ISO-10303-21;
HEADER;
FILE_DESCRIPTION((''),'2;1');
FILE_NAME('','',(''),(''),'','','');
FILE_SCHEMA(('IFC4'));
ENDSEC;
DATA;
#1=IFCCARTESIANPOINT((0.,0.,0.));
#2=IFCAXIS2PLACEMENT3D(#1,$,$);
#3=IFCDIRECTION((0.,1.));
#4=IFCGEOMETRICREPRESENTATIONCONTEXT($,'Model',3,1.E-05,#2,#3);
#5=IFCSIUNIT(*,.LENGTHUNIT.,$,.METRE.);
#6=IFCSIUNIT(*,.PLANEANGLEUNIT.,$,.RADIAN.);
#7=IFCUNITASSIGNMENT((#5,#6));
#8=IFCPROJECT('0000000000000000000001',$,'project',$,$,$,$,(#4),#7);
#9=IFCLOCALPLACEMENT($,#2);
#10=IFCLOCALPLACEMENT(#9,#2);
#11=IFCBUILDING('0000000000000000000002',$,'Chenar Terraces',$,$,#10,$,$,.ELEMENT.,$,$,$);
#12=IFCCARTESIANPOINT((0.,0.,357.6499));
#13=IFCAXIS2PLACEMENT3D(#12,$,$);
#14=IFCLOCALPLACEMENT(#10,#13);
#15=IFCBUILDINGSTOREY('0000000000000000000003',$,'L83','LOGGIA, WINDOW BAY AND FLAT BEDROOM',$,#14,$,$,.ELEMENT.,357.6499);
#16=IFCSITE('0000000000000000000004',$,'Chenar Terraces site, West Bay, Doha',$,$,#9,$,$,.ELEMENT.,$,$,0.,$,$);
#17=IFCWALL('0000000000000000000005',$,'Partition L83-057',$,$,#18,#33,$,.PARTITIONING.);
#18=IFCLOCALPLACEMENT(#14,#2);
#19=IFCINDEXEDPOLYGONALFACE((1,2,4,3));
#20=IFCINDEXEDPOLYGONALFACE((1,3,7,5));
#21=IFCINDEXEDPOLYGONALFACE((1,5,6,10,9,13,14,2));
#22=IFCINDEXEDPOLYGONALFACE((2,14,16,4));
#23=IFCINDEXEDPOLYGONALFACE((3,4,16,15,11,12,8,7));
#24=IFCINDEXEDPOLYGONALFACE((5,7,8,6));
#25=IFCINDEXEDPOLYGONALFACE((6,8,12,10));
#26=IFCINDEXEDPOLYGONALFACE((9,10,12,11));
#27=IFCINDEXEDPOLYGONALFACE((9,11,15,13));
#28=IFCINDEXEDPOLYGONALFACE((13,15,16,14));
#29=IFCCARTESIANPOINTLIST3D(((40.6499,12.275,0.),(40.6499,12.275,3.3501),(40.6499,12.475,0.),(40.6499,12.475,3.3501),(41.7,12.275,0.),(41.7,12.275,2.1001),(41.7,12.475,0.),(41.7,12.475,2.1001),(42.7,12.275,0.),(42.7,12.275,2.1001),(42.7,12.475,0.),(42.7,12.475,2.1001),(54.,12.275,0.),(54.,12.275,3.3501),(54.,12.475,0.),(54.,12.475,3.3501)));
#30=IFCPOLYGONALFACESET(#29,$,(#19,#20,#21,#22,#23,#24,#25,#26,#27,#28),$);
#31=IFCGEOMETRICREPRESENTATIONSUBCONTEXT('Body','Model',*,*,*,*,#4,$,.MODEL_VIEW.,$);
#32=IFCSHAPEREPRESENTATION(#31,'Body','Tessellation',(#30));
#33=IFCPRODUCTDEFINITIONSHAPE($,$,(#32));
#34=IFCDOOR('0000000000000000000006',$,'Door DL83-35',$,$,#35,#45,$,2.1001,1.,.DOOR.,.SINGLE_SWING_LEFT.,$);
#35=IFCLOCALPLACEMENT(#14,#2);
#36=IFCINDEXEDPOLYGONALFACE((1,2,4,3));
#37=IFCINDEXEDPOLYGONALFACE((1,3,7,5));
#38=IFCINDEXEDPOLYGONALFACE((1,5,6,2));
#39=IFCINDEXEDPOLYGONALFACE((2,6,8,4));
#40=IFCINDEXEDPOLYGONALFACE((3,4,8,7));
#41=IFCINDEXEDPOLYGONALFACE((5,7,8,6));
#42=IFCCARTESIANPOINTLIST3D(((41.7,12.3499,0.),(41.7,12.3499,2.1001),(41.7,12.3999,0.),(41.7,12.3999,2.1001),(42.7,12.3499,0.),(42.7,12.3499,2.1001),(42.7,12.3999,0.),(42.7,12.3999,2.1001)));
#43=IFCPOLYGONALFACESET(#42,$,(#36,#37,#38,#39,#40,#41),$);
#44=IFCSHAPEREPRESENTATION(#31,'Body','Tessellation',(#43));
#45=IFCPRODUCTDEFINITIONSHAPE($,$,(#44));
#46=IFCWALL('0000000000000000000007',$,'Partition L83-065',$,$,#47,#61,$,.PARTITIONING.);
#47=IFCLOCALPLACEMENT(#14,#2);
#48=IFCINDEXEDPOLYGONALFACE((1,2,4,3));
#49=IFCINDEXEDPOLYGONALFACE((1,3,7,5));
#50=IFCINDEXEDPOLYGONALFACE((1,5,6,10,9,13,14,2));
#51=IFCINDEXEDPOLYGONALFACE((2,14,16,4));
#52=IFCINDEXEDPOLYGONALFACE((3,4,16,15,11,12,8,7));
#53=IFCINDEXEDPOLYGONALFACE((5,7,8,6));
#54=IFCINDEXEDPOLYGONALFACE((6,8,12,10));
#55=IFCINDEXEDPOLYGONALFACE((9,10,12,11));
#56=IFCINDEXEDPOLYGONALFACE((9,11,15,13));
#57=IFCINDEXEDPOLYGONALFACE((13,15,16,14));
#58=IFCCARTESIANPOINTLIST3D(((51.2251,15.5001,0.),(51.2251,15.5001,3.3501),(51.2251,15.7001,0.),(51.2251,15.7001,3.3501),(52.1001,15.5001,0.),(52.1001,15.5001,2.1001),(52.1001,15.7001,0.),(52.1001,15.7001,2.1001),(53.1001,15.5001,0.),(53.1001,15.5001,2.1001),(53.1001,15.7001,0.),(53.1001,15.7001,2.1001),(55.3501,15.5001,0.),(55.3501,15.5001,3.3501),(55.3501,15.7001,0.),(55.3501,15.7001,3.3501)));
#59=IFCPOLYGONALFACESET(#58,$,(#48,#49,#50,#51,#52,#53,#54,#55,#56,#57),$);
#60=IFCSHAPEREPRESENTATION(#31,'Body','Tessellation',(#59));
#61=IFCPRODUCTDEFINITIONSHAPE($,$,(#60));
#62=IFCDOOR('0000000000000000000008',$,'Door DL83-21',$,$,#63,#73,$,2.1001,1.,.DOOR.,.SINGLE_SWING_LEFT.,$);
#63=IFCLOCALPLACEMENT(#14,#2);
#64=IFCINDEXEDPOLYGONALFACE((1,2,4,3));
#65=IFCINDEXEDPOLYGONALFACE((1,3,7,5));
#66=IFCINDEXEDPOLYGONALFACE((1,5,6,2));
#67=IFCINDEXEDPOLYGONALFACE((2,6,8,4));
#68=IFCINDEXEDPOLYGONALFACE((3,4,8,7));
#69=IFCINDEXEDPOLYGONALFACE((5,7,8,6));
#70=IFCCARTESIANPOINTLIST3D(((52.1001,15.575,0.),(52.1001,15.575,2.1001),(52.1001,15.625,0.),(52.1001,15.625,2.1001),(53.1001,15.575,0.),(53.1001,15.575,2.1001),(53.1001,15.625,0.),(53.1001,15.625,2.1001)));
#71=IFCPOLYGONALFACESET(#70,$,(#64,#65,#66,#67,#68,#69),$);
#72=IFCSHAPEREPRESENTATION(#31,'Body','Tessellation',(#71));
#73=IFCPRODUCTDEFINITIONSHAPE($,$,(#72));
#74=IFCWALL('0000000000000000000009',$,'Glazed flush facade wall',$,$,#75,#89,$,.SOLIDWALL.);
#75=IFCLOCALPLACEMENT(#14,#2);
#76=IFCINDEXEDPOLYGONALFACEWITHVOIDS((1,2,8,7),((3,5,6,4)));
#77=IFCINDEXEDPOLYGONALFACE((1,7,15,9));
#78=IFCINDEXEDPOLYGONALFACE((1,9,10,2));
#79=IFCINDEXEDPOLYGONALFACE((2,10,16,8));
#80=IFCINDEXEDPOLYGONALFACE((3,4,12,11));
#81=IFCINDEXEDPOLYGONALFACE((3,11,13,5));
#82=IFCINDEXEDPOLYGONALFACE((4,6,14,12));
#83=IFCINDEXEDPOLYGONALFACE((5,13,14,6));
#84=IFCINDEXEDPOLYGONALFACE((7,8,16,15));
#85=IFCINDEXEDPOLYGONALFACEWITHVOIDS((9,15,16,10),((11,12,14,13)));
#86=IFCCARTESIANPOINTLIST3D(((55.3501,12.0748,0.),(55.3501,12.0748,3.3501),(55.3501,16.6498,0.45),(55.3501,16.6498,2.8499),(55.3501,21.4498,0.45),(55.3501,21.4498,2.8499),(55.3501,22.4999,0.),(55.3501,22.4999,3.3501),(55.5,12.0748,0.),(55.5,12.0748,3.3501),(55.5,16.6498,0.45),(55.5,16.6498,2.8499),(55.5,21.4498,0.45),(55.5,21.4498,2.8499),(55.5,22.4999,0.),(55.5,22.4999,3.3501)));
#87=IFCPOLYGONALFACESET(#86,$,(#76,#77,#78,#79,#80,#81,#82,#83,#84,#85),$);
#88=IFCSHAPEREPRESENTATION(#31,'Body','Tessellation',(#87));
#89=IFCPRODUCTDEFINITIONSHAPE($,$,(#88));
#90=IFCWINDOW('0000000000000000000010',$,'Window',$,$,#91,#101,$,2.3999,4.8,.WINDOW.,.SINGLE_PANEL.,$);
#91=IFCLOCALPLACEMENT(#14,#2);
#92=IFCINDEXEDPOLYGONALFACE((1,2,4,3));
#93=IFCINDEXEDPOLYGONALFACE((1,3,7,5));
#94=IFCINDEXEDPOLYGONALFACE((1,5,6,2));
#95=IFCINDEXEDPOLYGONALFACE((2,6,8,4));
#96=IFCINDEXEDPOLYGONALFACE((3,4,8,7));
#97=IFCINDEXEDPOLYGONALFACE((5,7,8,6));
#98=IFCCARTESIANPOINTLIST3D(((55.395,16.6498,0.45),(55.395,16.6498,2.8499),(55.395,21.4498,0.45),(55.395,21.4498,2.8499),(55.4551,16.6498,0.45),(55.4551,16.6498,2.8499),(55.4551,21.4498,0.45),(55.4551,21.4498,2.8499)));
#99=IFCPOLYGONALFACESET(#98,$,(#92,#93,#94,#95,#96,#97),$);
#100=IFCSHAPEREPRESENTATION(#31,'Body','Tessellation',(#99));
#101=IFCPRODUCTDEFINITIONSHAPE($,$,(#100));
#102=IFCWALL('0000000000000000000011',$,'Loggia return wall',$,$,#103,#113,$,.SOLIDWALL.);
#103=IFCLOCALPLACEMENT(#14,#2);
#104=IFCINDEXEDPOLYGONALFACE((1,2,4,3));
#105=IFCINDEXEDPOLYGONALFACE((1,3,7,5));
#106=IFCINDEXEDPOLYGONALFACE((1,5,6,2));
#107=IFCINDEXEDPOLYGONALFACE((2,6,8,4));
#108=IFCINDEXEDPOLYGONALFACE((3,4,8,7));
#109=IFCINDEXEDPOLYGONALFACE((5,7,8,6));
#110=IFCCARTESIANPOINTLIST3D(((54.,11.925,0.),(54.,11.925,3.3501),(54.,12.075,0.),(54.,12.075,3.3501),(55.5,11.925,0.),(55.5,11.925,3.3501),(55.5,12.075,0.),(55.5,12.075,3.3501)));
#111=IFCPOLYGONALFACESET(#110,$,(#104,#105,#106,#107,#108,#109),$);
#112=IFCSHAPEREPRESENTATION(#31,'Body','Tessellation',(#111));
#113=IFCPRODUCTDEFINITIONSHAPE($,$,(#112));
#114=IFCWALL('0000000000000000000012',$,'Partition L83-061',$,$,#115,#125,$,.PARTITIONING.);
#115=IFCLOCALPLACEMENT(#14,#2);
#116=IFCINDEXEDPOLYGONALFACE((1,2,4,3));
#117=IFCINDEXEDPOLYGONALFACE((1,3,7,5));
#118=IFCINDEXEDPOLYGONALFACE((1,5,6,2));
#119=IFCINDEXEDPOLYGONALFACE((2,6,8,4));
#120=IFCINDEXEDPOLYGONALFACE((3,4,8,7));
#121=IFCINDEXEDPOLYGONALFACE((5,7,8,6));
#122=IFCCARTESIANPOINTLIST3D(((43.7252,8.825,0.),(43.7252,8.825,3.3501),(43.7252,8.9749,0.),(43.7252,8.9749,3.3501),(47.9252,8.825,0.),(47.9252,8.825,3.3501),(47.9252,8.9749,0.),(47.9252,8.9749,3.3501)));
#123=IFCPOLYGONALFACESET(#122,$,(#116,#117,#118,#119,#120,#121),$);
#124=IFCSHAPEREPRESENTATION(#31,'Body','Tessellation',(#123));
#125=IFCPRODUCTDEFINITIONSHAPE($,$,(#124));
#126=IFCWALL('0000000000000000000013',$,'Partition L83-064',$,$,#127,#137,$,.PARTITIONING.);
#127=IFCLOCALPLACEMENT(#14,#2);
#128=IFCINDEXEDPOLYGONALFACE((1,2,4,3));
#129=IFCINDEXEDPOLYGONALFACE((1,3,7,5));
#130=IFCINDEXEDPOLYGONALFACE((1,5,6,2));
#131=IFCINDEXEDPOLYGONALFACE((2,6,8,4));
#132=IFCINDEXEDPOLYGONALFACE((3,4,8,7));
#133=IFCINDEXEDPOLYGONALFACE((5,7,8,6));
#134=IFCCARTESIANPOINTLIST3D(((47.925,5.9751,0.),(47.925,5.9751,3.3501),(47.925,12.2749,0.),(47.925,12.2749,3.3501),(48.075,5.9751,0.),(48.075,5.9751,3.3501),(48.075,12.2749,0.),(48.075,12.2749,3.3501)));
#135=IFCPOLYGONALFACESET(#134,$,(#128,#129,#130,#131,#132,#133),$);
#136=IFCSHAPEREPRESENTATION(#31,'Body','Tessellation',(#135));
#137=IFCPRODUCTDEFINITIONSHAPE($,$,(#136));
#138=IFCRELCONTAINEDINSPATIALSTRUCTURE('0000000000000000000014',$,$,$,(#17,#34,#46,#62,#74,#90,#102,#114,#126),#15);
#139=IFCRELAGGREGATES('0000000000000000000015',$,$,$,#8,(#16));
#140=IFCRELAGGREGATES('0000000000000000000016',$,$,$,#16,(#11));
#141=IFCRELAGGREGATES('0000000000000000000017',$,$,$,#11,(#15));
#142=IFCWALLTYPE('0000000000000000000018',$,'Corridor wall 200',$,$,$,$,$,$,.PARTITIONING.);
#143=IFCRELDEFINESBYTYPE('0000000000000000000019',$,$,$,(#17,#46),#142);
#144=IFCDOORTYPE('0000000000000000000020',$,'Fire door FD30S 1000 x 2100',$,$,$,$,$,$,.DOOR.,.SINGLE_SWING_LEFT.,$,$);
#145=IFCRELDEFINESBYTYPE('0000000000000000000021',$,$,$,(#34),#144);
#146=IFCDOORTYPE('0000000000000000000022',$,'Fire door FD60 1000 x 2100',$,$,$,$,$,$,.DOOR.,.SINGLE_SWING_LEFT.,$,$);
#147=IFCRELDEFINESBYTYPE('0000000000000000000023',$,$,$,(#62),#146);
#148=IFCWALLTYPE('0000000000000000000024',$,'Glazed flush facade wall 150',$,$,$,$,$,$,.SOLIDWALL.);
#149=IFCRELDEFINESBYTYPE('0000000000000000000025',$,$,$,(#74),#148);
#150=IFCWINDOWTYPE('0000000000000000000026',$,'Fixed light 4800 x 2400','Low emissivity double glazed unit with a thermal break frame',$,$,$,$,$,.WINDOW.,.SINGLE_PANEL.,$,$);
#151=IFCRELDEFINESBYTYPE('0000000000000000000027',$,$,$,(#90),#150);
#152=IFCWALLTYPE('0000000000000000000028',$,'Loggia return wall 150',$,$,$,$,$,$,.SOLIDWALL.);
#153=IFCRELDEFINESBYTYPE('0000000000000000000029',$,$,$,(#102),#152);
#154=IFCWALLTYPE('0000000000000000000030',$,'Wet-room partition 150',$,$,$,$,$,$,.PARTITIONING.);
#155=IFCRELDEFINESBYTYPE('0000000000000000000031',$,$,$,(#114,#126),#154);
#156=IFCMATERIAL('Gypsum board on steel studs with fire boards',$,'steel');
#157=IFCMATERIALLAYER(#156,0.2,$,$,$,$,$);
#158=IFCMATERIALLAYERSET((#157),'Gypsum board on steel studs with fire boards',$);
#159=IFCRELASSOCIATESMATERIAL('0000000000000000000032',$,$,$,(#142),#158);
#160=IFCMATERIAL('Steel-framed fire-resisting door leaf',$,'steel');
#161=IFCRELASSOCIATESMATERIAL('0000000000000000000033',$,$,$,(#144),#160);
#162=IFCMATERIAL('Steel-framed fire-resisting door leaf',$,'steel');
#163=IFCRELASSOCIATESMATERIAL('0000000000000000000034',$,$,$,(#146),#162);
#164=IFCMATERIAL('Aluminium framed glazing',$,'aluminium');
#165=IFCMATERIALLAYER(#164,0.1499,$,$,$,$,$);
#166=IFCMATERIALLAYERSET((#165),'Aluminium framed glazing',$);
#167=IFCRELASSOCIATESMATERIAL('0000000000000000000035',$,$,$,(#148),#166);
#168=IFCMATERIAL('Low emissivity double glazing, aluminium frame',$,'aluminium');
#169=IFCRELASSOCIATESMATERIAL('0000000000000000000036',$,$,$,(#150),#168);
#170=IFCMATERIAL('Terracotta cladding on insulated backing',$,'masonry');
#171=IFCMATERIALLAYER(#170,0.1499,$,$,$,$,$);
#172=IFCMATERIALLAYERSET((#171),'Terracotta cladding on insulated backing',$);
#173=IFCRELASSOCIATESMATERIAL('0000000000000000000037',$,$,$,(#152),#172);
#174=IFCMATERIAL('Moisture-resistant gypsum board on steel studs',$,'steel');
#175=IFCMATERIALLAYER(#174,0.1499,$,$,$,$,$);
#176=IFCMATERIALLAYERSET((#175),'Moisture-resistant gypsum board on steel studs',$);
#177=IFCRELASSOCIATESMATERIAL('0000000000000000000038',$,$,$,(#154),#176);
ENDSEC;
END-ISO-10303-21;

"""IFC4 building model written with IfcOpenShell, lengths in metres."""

from ifc_helpers import new_model, si_unit, direction, frame, frame_2d, origin, place, context, subcontext, project, spatial, rectangle, extrude, material, layer, layer_set, type_object, element, fill, save


model = new_model("IFC4")

# Units and contexts
model_context = context("Model", 3, precision=1e-05, world=origin(), true_north=direction((0.0, 1.0)))
body_context = subcontext(model_context, "Body", "Model", "MODEL_VIEW")
ifc_project = project(units=[si_unit("LENGTHUNIT", "METRE"), si_unit("PLANEANGLEUNIT", "RADIAN")], contexts=[model_context])

# Site, building, storey
site_placement = place(None, origin())
site = spatial("IfcSite", under=ifc_project, at=site_placement, Name="Chenar Terraces site, West Bay, Doha", CompositionType="ELEMENT", RefElevation=0.0)
building_placement = place(site_placement, origin())
building = spatial("IfcBuilding", under=site, at=building_placement, Name="Chenar Terraces", CompositionType="ELEMENT")
storey_placement = place(building_placement, frame((0.0, 0.0, 357.6499)))
storey = spatial("IfcBuildingStorey", under=building, at=storey_placement, Name="L83", Description="LOGGIA, WINDOW BAY AND FLAT BEDROOM", CompositionType="ELEMENT", Elevation=357.6499)

# Walls, openings, doors
ifc_material_1 = material(Name="Gypsum board on steel studs with fire boards", Category="steel")
ifc_layer_1 = layer(ifc_material_1, 0.2)
ifc_layer_set_1 = layer_set([ifc_layer_1], Name="Gypsum board on steel studs with fire boards")
wall_type_1 = type_object("IfcWallType", Name="Corridor wall 200", PredefinedType="PARTITIONING", material=ifc_layer_set_1)
wall_1_placement = place(storey_placement, frame((40.6499, 12.375, 0.0), z_axis=(0.0, 0.0, 1.0), x_axis=(1.0, 0.0, 0.0)))
wall_1 = element("IfcWall", 1, at=wall_1_placement, inside=storey, type_object=wall_type_1, Name="Partition L83-057", PredefinedType="PARTITIONING", context=body_context, shape_type="SweptSolid", body=[
    extrude(rectangle(XDim=13.3501, YDim=0.2, at=frame_2d((6.675, 0.0))), origin(), (0.0, 0.0, 1.0), 3.3501),
])
opening_1_placement = place(wall_1_placement, frame((1.05, 0.0, 0.0)))
opening_1 = element("IfcOpeningElement", 2, at=opening_1_placement, cuts=wall_1, PredefinedType="OPENING", context=body_context, shape_type="SweptSolid", body=[
    extrude(rectangle(XDim=1.0, YDim=2.1001, at=frame_2d((0.5, 1.05))), frame((0.0, 0.1099, 0.0), z_axis=(0.0, -1.0, 0.0), x_axis=(1.0, 0.0, 0.0)), (0.0, 0.0, 1.0), 0.22),
])
ifc_material_2 = material(Name="Steel-framed fire-resisting door leaf", Category="steel")
door_type_1 = type_object("IfcDoorType", Name="Fire door FD30S 1000 x 2100", OperationType="SINGLE_SWING_LEFT", PredefinedType="DOOR", material=ifc_material_2)
door_1_placement = place(opening_1_placement, origin())
door_1 = element("IfcDoor", 3, at=door_1_placement, inside=storey, type_object=door_type_1, Name="Door DL83-35", OperationType="SINGLE_SWING_LEFT", OverallHeight=2.1001, OverallWidth=1.0, PredefinedType="DOOR", context=body_context, shape_type="SweptSolid", body=[
    extrude(rectangle(XDim=1.0, YDim=2.1001, at=frame_2d((0.5, 1.05))), frame((0.0, 0.0249, 0.0), z_axis=(0.0, -1.0, 0.0), x_axis=(1.0, 0.0, 0.0)), (0.0, 0.0, 1.0), 0.05),
])
fill(opening_1, door_1)
wall_2_placement = place(storey_placement, frame((51.2251, 15.6001, 0.0), z_axis=(0.0, 0.0, 1.0), x_axis=(1.0, 0.0, 0.0)))
wall_2 = element("IfcWall", 4, at=wall_2_placement, inside=storey, type_object=wall_type_1, Name="Partition L83-065", PredefinedType="PARTITIONING", context=body_context, shape_type="SweptSolid", body=[
    extrude(rectangle(XDim=4.125, YDim=0.2, at=frame_2d((2.0625, 0.0))), origin(), (0.0, 0.0, 1.0), 3.3501),
])
opening_2_placement = place(wall_2_placement, frame((0.875, 0.0, 0.0)))
opening_2 = element("IfcOpeningElement", 5, at=opening_2_placement, cuts=wall_2, PredefinedType="OPENING", context=body_context, shape_type="SweptSolid", body=[
    extrude(rectangle(XDim=1.0, YDim=2.1001, at=frame_2d((0.5, 1.05))), frame((0.0, 0.1099, 0.0), z_axis=(0.0, -1.0, 0.0), x_axis=(1.0, 0.0, 0.0)), (0.0, 0.0, 1.0), 0.22),
])
ifc_material_3 = material(Name="Steel-framed fire-resisting door leaf", Category="steel")
door_type_2 = type_object("IfcDoorType", Name="Fire door FD60 1000 x 2100", OperationType="SINGLE_SWING_LEFT", PredefinedType="DOOR", material=ifc_material_3)
door_2_placement = place(opening_2_placement, origin())
door_2 = element("IfcDoor", 6, at=door_2_placement, inside=storey, type_object=door_type_2, Name="Door DL83-21", OperationType="SINGLE_SWING_LEFT", OverallHeight=2.1001, OverallWidth=1.0, PredefinedType="DOOR", context=body_context, shape_type="SweptSolid", body=[
    extrude(rectangle(XDim=1.0, YDim=2.1001, at=frame_2d((0.5, 1.05))), frame((0.0, 0.0249, 0.0), z_axis=(0.0, -1.0, 0.0), x_axis=(1.0, 0.0, 0.0)), (0.0, 0.0, 1.0), 0.05),
])
fill(opening_2, door_2)

# Wall, opening, window
ifc_material_4 = material(Name="Aluminium framed glazing", Category="aluminium")
ifc_layer_2 = layer(ifc_material_4, 0.1499)
ifc_layer_set_2 = layer_set([ifc_layer_2], Name="Aluminium framed glazing")
wall_type_2 = type_object("IfcWallType", Name="Glazed flush facade wall 150", PredefinedType="SOLIDWALL", material=ifc_layer_set_2)
wall_3_placement = place(storey_placement, frame((55.425, 12.075, 0.0), z_axis=(0.0, 0.0, 1.0), x_axis=(0.0, 1.0, 0.0)))
wall_3 = element("IfcWall", 7, at=wall_3_placement, inside=storey, type_object=wall_type_2, Name="Glazed flush facade wall", PredefinedType="SOLIDWALL", context=body_context, shape_type="SweptSolid", body=[
    extrude(rectangle(XDim=10.425, YDim=0.1499, at=frame_2d((5.2124, 0.0))), origin(), (0.0, 0.0, 1.0), 3.3501),
])
opening_3_placement = place(wall_3_placement, frame((4.575, 0.0, 0.45)))
opening_3 = element("IfcOpeningElement", 8, at=opening_3_placement, cuts=wall_3, PredefinedType="OPENING", context=body_context, shape_type="SweptSolid", body=[
    extrude(rectangle(XDim=4.8, YDim=2.3999, at=frame_2d((2.3999, 1.2))), frame((0.0, 0.085, 0.0), z_axis=(0.0, -1.0, 0.0), x_axis=(1.0, 0.0, 0.0)), (0.0, 0.0, 1.0), 0.1699),
])
ifc_material_5 = material(Name="Low emissivity double glazing, aluminium frame", Category="aluminium")
window_type = type_object("IfcWindowType", Name="Fixed light 4800 x 2400", Description="Low emissivity double glazed unit with a thermal break frame", PartitioningType="SINGLE_PANEL", PredefinedType="WINDOW", material=ifc_material_5)
window_placement = place(opening_3_placement, origin())
window = element("IfcWindow", 9, at=window_placement, inside=storey, type_object=window_type, Name="Window", OverallHeight=2.3999, OverallWidth=4.8, PartitioningType="SINGLE_PANEL", PredefinedType="WINDOW", context=body_context, shape_type="SweptSolid", body=[
    extrude(rectangle(XDim=4.8, YDim=2.3999, at=frame_2d((2.3999, 1.2))), frame((0.0, 0.03, 0.0), z_axis=(0.0, -1.0, 0.0), x_axis=(1.0, 0.0, 0.0)), (0.0, 0.0, 1.0), 0.0601),
])
fill(opening_3, window)

# Walls
ifc_material_6 = material(Name="Terracotta cladding on insulated backing", Category="masonry")
ifc_layer_3 = layer(ifc_material_6, 0.1499)
ifc_layer_set_3 = layer_set([ifc_layer_3], Name="Terracotta cladding on insulated backing")
wall_type_3 = type_object("IfcWallType", Name="Loggia return wall 150", PredefinedType="SOLIDWALL", material=ifc_layer_set_3)
wall_4_placement = place(storey_placement, frame((55.5, 12.0, 0.0), z_axis=(0.0, 0.0, 1.0), x_axis=(-1.0, 0.0, 0.0)))
element("IfcWall", 10, at=wall_4_placement, inside=storey, type_object=wall_type_3, Name="Loggia return wall", PredefinedType="SOLIDWALL", context=body_context, shape_type="SweptSolid", body=[
    extrude(rectangle(XDim=1.5, YDim=0.1499, at=frame_2d((0.75, 0.0))), origin(), (0.0, 0.0, 1.0), 3.3501),
])
ifc_material_7 = material(Name="Moisture-resistant gypsum board on steel studs", Category="steel")
ifc_layer_4 = layer(ifc_material_7, 0.1499)
ifc_layer_set_4 = layer_set([ifc_layer_4], Name="Moisture-resistant gypsum board on steel studs")
wall_type_4 = type_object("IfcWallType", Name="Wet-room partition 150", PredefinedType="PARTITIONING", material=ifc_layer_set_4)
wall_5_placement = place(storey_placement, frame((43.7251, 8.8999, 0.0), z_axis=(0.0, 0.0, 1.0), x_axis=(1.0, 0.0, 0.0)))
element("IfcWall", 11, at=wall_5_placement, inside=storey, type_object=wall_type_4, Name="Partition L83-061", PredefinedType="PARTITIONING", context=body_context, shape_type="SweptSolid", body=[
    extrude(rectangle(XDim=4.2, YDim=0.1499, at=frame_2d((2.1001, 0.0))), origin(), (0.0, 0.0, 1.0), 3.3501),
])
wall_6_placement = place(storey_placement, frame((48.0, 5.9751, 0.0), z_axis=(0.0, 0.0, 1.0), x_axis=(0.0, 1.0, 0.0)))
element("IfcWall", 12, at=wall_6_placement, inside=storey, type_object=wall_type_4, Name="Partition L83-064", PredefinedType="PARTITIONING", context=body_context, shape_type="SweptSolid", body=[
    extrude(rectangle(XDim=6.2998, YDim=0.1499, at=frame_2d((3.1499, 0.0))), origin(), (0.0, 0.0, 1.0), 3.3501),
])

save(model, "model.ifc")
